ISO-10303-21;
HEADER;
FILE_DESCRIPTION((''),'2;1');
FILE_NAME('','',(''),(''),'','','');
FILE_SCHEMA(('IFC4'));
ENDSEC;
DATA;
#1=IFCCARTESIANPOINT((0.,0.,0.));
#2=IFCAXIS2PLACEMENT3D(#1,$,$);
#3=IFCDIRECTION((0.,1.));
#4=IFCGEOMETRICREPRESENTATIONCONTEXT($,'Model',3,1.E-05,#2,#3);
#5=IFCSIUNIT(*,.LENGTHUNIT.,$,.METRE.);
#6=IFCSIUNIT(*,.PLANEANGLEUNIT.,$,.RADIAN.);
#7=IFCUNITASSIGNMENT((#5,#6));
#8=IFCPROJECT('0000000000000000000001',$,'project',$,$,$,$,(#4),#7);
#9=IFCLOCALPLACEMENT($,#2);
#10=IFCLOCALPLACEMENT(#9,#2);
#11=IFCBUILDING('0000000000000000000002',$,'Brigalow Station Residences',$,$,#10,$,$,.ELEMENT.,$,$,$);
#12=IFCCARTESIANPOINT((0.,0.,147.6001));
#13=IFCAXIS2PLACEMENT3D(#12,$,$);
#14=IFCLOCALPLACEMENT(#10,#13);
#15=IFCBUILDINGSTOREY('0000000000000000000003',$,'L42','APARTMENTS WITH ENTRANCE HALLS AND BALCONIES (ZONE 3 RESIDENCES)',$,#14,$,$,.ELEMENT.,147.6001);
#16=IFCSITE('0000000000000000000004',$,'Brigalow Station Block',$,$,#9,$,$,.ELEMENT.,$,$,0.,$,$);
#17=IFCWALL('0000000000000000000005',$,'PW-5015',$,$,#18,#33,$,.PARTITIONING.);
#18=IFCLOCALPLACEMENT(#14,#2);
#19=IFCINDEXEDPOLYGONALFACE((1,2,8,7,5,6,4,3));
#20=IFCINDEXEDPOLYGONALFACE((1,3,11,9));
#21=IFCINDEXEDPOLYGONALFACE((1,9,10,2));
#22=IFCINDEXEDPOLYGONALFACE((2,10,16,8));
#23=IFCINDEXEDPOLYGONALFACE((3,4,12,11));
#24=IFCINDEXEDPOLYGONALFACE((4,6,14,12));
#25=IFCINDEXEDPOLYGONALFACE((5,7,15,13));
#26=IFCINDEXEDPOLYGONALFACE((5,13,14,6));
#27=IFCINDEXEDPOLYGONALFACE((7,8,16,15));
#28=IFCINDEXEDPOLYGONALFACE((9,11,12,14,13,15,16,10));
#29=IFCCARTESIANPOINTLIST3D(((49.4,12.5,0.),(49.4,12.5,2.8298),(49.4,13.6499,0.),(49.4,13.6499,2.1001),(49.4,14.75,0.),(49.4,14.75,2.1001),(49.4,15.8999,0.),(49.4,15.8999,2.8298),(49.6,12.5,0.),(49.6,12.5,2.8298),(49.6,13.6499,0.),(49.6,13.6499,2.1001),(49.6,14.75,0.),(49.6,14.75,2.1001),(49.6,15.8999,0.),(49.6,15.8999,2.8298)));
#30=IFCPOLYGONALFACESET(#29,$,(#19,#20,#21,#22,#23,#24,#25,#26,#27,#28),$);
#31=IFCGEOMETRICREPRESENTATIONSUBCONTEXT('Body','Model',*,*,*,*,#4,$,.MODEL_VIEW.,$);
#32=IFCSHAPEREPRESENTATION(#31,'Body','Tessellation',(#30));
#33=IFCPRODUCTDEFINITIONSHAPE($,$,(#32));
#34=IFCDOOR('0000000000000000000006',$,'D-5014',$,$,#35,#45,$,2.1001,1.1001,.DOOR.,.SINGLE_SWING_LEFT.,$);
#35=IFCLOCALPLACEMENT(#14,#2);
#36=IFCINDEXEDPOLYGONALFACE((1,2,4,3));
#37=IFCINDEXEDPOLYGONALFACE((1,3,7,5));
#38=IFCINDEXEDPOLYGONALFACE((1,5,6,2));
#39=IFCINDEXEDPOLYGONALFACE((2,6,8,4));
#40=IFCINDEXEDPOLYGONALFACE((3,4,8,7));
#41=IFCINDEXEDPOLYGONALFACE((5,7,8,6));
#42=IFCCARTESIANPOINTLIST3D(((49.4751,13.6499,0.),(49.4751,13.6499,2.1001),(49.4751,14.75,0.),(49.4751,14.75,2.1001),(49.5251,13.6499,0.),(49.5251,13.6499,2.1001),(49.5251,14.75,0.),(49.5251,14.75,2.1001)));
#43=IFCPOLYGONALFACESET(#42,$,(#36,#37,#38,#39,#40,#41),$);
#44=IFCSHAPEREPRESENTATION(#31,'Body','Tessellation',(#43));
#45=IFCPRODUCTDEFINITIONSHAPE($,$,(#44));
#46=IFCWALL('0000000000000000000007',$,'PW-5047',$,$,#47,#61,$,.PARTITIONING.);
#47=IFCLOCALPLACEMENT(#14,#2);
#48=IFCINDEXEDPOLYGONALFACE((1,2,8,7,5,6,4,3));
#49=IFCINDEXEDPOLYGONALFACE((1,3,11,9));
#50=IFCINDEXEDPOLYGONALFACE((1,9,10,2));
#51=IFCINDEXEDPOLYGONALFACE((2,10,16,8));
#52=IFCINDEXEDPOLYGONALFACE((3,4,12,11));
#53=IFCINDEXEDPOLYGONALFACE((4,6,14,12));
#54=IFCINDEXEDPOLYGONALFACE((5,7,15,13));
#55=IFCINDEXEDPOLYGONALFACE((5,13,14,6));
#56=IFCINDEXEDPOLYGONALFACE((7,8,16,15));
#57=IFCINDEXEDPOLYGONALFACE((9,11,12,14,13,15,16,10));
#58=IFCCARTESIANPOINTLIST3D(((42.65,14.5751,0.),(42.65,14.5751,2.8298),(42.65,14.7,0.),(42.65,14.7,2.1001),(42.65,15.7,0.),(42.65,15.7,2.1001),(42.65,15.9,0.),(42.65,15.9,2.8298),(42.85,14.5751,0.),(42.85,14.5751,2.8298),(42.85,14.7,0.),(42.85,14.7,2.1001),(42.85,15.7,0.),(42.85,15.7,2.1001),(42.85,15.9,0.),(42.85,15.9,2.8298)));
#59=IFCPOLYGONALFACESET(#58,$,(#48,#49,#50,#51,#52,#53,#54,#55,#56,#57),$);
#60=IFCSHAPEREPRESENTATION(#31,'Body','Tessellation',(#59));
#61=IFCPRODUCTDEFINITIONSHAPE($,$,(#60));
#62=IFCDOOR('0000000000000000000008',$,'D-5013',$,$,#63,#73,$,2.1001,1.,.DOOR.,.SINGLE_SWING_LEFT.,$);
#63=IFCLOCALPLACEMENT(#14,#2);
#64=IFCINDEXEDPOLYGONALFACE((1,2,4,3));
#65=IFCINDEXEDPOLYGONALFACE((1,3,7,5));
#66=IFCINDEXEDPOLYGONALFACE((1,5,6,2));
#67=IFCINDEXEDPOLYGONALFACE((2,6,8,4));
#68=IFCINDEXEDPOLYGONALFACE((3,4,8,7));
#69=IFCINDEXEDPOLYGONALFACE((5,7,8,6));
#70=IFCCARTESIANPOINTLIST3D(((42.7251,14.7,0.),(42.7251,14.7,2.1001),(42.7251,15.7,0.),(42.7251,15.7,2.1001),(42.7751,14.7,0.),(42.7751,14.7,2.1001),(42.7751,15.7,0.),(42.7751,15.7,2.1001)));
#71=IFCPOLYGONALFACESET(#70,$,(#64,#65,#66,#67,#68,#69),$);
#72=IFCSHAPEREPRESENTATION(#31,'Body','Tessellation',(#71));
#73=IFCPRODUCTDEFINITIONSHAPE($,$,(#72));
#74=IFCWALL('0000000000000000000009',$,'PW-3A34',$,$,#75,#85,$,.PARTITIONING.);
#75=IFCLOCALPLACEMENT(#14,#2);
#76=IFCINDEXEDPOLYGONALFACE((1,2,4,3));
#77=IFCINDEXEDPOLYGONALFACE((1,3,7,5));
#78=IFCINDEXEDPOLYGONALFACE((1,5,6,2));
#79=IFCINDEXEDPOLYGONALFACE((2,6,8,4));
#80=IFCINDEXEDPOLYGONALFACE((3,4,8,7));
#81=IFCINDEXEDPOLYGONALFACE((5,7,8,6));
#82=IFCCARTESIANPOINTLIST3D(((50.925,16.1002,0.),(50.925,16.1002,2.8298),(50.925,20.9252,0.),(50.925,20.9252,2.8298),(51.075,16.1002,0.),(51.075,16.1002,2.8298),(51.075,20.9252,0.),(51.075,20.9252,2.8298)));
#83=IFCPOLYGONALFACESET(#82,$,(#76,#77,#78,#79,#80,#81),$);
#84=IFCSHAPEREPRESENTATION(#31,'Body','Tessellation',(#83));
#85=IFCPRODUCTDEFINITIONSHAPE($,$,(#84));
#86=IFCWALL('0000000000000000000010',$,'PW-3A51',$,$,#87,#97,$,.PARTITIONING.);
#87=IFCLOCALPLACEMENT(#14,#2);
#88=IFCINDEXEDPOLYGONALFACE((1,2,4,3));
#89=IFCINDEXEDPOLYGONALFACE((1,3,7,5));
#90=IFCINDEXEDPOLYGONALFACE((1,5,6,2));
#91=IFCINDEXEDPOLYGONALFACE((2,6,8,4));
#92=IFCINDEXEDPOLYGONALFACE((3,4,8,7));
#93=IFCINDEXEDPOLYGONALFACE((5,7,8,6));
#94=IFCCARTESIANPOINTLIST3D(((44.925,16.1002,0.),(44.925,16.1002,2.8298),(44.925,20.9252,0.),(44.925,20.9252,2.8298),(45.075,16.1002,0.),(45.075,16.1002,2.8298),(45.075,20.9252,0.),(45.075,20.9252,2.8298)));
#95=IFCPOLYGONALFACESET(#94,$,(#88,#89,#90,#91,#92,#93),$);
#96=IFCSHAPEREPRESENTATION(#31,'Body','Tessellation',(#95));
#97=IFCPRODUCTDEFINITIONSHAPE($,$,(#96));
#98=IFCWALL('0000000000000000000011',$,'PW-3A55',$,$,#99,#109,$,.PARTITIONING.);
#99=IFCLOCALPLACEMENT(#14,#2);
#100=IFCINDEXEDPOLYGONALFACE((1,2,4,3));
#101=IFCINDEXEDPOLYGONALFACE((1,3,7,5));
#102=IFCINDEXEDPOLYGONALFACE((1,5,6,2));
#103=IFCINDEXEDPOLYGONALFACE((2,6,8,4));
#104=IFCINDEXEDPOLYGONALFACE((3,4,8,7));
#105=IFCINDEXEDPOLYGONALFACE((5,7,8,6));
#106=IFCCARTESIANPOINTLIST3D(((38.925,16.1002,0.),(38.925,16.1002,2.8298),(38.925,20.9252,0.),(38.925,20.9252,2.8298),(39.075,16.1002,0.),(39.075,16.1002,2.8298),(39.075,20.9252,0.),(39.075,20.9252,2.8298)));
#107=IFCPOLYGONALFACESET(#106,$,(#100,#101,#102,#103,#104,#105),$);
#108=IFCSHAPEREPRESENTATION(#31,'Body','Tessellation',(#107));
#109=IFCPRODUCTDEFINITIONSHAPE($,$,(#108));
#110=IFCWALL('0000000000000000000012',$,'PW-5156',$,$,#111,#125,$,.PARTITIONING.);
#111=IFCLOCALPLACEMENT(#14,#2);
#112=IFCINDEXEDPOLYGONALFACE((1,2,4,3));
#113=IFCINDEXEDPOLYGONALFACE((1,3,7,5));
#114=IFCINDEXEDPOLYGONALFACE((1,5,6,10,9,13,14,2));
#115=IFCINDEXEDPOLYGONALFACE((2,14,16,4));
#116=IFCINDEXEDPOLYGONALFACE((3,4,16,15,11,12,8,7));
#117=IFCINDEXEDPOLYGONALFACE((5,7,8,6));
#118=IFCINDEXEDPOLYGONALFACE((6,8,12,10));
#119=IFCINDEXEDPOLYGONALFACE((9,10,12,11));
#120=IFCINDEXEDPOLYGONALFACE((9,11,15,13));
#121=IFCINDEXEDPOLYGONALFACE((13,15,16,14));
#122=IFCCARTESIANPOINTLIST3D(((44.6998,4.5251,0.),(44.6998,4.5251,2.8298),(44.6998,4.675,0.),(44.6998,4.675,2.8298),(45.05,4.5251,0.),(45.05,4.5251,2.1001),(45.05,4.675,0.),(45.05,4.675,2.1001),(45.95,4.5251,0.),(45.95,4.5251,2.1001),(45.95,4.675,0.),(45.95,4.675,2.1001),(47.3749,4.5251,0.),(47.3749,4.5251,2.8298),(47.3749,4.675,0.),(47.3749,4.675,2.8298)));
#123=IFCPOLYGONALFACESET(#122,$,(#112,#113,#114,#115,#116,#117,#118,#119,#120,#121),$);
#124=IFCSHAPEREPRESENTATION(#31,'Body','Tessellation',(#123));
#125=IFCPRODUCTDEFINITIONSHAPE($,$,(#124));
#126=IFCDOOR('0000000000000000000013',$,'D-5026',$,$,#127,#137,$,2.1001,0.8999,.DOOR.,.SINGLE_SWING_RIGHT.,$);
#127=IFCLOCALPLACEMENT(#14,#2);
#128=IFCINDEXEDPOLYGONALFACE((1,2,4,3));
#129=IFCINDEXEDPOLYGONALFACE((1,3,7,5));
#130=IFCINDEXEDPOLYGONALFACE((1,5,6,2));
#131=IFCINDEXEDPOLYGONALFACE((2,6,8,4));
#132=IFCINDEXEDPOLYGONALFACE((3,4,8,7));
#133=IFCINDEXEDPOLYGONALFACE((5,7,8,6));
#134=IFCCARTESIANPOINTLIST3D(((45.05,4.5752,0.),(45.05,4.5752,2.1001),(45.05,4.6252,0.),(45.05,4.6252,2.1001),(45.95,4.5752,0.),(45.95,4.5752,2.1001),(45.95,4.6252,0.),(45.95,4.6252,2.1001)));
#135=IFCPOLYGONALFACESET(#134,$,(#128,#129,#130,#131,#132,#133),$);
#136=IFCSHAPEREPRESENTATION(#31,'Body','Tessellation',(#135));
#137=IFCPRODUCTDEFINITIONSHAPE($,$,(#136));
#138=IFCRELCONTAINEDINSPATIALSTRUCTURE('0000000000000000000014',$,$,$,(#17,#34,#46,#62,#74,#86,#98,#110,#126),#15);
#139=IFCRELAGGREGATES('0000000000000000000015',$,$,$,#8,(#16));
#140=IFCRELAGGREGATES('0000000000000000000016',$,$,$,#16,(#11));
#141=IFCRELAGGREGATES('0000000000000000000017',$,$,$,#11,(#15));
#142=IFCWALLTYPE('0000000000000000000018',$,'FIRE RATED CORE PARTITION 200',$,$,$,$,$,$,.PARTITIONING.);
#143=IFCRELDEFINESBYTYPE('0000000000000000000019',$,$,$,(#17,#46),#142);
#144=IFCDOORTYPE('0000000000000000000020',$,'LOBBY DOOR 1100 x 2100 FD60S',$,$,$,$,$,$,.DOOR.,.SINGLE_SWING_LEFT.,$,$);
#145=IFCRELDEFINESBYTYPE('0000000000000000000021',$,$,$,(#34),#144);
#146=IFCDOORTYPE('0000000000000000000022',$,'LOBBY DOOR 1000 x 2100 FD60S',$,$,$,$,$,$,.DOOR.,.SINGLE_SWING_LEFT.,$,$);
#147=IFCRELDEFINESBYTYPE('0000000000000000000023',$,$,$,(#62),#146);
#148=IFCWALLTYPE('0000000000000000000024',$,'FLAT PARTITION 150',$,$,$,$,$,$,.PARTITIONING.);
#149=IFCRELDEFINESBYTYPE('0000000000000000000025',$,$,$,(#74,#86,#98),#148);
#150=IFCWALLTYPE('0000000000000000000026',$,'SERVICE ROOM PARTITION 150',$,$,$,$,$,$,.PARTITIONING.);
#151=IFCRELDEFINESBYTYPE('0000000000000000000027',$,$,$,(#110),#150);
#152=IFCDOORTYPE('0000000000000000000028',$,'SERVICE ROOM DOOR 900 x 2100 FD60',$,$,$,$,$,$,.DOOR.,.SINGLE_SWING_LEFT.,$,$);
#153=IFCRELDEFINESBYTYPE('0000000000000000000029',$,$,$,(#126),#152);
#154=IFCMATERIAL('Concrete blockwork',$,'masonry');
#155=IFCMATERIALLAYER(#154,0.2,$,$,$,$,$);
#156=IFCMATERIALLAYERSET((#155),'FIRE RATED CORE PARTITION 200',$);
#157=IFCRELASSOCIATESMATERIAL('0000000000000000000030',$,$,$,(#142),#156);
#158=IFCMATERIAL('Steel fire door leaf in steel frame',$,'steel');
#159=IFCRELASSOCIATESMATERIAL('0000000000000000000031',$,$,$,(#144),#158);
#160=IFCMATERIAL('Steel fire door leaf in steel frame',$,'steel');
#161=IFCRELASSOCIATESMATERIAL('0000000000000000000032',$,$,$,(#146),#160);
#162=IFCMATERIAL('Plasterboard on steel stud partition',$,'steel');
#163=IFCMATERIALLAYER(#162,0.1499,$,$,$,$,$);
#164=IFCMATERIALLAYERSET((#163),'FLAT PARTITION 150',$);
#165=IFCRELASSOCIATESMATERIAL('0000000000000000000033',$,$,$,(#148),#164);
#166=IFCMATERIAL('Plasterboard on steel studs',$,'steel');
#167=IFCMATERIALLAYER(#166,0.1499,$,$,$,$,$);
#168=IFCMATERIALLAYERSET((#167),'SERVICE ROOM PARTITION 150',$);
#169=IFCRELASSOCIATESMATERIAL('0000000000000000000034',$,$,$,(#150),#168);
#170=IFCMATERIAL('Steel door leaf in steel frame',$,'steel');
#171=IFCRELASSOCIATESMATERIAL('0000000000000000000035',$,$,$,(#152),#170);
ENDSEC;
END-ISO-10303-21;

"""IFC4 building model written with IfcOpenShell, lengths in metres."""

from ifc_helpers import new_model, si_unit, direction, frame, frame_2d, origin, place, context, subcontext, project, spatial, rectangle, extrude, material, layer, layer_set, type_object, element, fill, save


model = new_model("IFC4")

# Units and contexts
model_context = context("Model", 3, precision=1e-05, world=origin(), true_north=direction((0.0, 1.0)))
body_context = subcontext(model_context, "Body", "Model", "MODEL_VIEW")
ifc_project = project(units=[si_unit("LENGTHUNIT", "METRE"), si_unit("PLANEANGLEUNIT", "RADIAN")], contexts=[model_context])

# Site, building, storey
site_placement = place(None, origin())
site = spatial("IfcSite", under=ifc_project, at=site_placement, Name="Brigalow Station Block", CompositionType="ELEMENT", RefElevation=0.0)
building_placement = place(site_placement, origin())
building = spatial("IfcBuilding", under=site, at=building_placement, Name="Brigalow Station Residences", CompositionType="ELEMENT")
storey_placement = place(building_placement, frame((0.0, 0.0, 147.6001)))
storey = spatial("IfcBuildingStorey", under=building, at=storey_placement, Name="L42", Description="APARTMENTS WITH ENTRANCE HALLS AND BALCONIES (ZONE 3 RESIDENCES)", CompositionType="ELEMENT", Elevation=147.6001)

# Shared definitions
ifc_material_1 = material(Name="Concrete blockwork", Category="masonry")
ifc_layer_1 = layer(ifc_material_1, 0.2)
ifc_layer_set_1 = layer_set([ifc_layer_1], Name="FIRE RATED CORE PARTITION 200")
wall_type_1 = type_object("IfcWallType", Name="FIRE RATED CORE PARTITION 200", PredefinedType="PARTITIONING", material=ifc_layer_set_1)

# Walls, openings, doors
wall_1_placement = place(storey_placement, frame((49.5, 12.5, 0.0), z_axis=(0.0, 0.0, 1.0), x_axis=(0.0, 1.0, 0.0)))
wall_1 = element("IfcWall", 1, at=wall_1_placement, inside=storey, type_object=wall_type_1, Name="PW-5015", PredefinedType="PARTITIONING", context=body_context, shape_type="SweptSolid", body=[
    extrude(rectangle(XDim=3.3999, YDim=0.2, at=frame_2d((1.7, 0.0))), origin(), (0.0, 0.0, 1.0), 2.8298),
])
opening_1_placement = place(wall_1_placement, frame((1.1499, 0.0, 0.0)))
opening_1 = element("IfcOpeningElement", 2, at=opening_1_placement, cuts=wall_1, PredefinedType="OPENING", context=body_context, shape_type="SweptSolid", body=[
    extrude(rectangle(XDim=1.1001, YDim=2.1001, at=frame_2d((0.55, 1.05))), frame((0.0, 0.1099, 0.0), z_axis=(0.0, -1.0, 0.0), x_axis=(1.0, 0.0, 0.0)), (0.0, 0.0, 1.0), 0.22),
])
ifc_material_2 = material(Name="Steel fire door leaf in steel frame", Category="steel")
door_type_1 = type_object("IfcDoorType", Name="LOBBY DOOR 1100 x 2100 FD60S", OperationType="SINGLE_SWING_LEFT", PredefinedType="DOOR", material=ifc_material_2)
door_1_placement = place(opening_1_placement, origin())
door_1 = element("IfcDoor", 3, at=door_1_placement, inside=storey, type_object=door_type_1, Name="D-5014", OperationType="SINGLE_SWING_LEFT", OverallHeight=2.1001, OverallWidth=1.1001, PredefinedType="DOOR", context=body_context, shape_type="SweptSolid", body=[
    extrude(rectangle(XDim=1.1001, YDim=2.1001, at=frame_2d((0.55, 1.05))), frame((0.0, 0.0249, 0.0), z_axis=(0.0, -1.0, 0.0), x_axis=(1.0, 0.0, 0.0)), (0.0, 0.0, 1.0), 0.05),
])
fill(opening_1, door_1)
wall_2_placement = place(storey_placement, frame((42.75, 14.575, 0.0), z_axis=(0.0, 0.0, 1.0), x_axis=(0.0, 1.0, 0.0)))
wall_2 = element("IfcWall", 4, at=wall_2_placement, inside=storey, type_object=wall_type_1, Name="PW-5047", PredefinedType="PARTITIONING", context=body_context, shape_type="SweptSolid", body=[
    extrude(rectangle(XDim=1.325, YDim=0.2, at=frame_2d((0.6626, 0.0))), origin(), (0.0, 0.0, 1.0), 2.8298),
])
opening_2_placement = place(wall_2_placement, frame((0.125, 0.0, 0.0)))
opening_2 = element("IfcOpeningElement", 5, at=opening_2_placement, cuts=wall_2, PredefinedType="OPENING", context=body_context, shape_type="SweptSolid", body=[
    extrude(rectangle(XDim=1.0, YDim=2.1001, at=frame_2d((0.5, 1.05))), frame((0.0, 0.1099, 0.0), z_axis=(0.0, -1.0, 0.0), x_axis=(1.0, 0.0, 0.0)), (0.0, 0.0, 1.0), 0.22),
])
ifc_material_3 = material(Name="Steel fire door leaf in steel frame", Category="steel")
door_type_2 = type_object("IfcDoorType", Name="LOBBY DOOR 1000 x 2100 FD60S", OperationType="SINGLE_SWING_LEFT", PredefinedType="DOOR", material=ifc_material_3)
door_2_placement = place(opening_2_placement, origin())
door_2 = element("IfcDoor", 6, at=door_2_placement, inside=storey, type_object=door_type_2, Name="D-5013", OperationType="SINGLE_SWING_LEFT", OverallHeight=2.1001, OverallWidth=1.0, PredefinedType="DOOR", context=body_context, shape_type="SweptSolid", body=[
    extrude(rectangle(XDim=1.0, YDim=2.1001, at=frame_2d((0.5, 1.05))), frame((0.0, 0.0249, 0.0), z_axis=(0.0, -1.0, 0.0), x_axis=(1.0, 0.0, 0.0)), (0.0, 0.0, 1.0), 0.05),
])
fill(opening_2, door_2)

# Walls
ifc_material_4 = material(Name="Plasterboard on steel stud partition", Category="steel")
ifc_layer_2 = layer(ifc_material_4, 0.1499)
ifc_layer_set_2 = layer_set([ifc_layer_2], Name="FLAT PARTITION 150")
wall_type_2 = type_object("IfcWallType", Name="FLAT PARTITION 150", PredefinedType="PARTITIONING", material=ifc_layer_set_2)
for number, where, z_axis, x_axis, name in (
    (7, (51.0, 16.1001, 0.0), (0.0, 0.0, 1.0), (0.0, 1.0, 0.0), "PW-3A34"),
    (8, (45.0, 16.1001, 0.0), (0.0, 0.0, 1.0), (0.0, 1.0, 0.0), "PW-3A51"),
    (9, (39.0, 16.1001, 0.0), (0.0, 0.0, 1.0), (0.0, 1.0, 0.0), "PW-3A55"),
):
    element("IfcWall", number, at=place(storey_placement, frame(where, z_axis=z_axis, x_axis=x_axis)), inside=storey, type_object=wall_type_2, Name=name, PredefinedType="PARTITIONING", context=body_context, shape_type="SweptSolid", body=[
        extrude(rectangle(XDim=4.825, YDim=0.1499, at=frame_2d((2.4126, 0.0))), origin(), (0.0, 0.0, 1.0), 2.8298),
    ])

# Wall, opening, door
ifc_material_5 = material(Name="Plasterboard on steel studs", Category="steel")
ifc_layer_3 = layer(ifc_material_5, 0.1499)
ifc_layer_set_3 = layer_set([ifc_layer_3], Name="SERVICE ROOM PARTITION 150")
wall_type_3 = type_object("IfcWallType", Name="SERVICE ROOM PARTITION 150", PredefinedType="PARTITIONING", material=ifc_layer_set_3)
wall_3_placement = place(storey_placement, frame((44.7, 4.6001, 0.0), z_axis=(0.0, 0.0, 1.0), x_axis=(1.0, 0.0, 0.0)))
wall_3 = element("IfcWall", 10, at=wall_3_placement, inside=storey, type_object=wall_type_3, Name="PW-5156", PredefinedType="PARTITIONING", context=body_context, shape_type="SweptSolid", body=[
    extrude(rectangle(XDim=2.675, YDim=0.1499, at=frame_2d((1.3374, 0.0))), origin(), (0.0, 0.0, 1.0), 2.8298),
])
opening_3_placement = place(wall_3_placement, frame((0.3501, 0.0, 0.0)))
opening_3 = element("IfcOpeningElement", 11, at=opening_3_placement, cuts=wall_3, PredefinedType="OPENING", context=body_context, shape_type="SweptSolid", body=[
    extrude(rectangle(XDim=0.8999, YDim=2.1001, at=frame_2d((0.45, 1.05))), frame((0.0, 0.085, 0.0), z_axis=(0.0, -1.0, 0.0), x_axis=(1.0, 0.0, 0.0)), (0.0, 0.0, 1.0), 0.1699),
])
ifc_material_6 = material(Name="Steel door leaf in steel frame", Category="steel")
door_type_3 = type_object("IfcDoorType", Name="SERVICE ROOM DOOR 900 x 2100 FD60", OperationType="SINGLE_SWING_LEFT", PredefinedType="DOOR", material=ifc_material_6)
door_3_placement = place(opening_3_placement, frame((0.8999, 0.0, 0.0), z_axis=(0.0, 0.0, 1.0), x_axis=(-1.0, 0.0, 0.0)))
door_3 = element("IfcDoor", 12, at=door_3_placement, inside=storey, type_object=door_type_3, Name="D-5026", OperationType="SINGLE_SWING_RIGHT", OverallHeight=2.1001, OverallWidth=0.8999, PredefinedType="DOOR", context=body_context, shape_type="SweptSolid", body=[
    extrude(rectangle(XDim=0.8999, YDim=2.1001, at=frame_2d((0.45, 1.05))), frame((0.0, 0.0249, 0.0), z_axis=(0.0, -1.0, 0.0), x_axis=(1.0, 0.0, 0.0)), (0.0, 0.0, 1.0), 0.05),
])
fill(opening_3, door_3)

save(model, "model.ifc")
